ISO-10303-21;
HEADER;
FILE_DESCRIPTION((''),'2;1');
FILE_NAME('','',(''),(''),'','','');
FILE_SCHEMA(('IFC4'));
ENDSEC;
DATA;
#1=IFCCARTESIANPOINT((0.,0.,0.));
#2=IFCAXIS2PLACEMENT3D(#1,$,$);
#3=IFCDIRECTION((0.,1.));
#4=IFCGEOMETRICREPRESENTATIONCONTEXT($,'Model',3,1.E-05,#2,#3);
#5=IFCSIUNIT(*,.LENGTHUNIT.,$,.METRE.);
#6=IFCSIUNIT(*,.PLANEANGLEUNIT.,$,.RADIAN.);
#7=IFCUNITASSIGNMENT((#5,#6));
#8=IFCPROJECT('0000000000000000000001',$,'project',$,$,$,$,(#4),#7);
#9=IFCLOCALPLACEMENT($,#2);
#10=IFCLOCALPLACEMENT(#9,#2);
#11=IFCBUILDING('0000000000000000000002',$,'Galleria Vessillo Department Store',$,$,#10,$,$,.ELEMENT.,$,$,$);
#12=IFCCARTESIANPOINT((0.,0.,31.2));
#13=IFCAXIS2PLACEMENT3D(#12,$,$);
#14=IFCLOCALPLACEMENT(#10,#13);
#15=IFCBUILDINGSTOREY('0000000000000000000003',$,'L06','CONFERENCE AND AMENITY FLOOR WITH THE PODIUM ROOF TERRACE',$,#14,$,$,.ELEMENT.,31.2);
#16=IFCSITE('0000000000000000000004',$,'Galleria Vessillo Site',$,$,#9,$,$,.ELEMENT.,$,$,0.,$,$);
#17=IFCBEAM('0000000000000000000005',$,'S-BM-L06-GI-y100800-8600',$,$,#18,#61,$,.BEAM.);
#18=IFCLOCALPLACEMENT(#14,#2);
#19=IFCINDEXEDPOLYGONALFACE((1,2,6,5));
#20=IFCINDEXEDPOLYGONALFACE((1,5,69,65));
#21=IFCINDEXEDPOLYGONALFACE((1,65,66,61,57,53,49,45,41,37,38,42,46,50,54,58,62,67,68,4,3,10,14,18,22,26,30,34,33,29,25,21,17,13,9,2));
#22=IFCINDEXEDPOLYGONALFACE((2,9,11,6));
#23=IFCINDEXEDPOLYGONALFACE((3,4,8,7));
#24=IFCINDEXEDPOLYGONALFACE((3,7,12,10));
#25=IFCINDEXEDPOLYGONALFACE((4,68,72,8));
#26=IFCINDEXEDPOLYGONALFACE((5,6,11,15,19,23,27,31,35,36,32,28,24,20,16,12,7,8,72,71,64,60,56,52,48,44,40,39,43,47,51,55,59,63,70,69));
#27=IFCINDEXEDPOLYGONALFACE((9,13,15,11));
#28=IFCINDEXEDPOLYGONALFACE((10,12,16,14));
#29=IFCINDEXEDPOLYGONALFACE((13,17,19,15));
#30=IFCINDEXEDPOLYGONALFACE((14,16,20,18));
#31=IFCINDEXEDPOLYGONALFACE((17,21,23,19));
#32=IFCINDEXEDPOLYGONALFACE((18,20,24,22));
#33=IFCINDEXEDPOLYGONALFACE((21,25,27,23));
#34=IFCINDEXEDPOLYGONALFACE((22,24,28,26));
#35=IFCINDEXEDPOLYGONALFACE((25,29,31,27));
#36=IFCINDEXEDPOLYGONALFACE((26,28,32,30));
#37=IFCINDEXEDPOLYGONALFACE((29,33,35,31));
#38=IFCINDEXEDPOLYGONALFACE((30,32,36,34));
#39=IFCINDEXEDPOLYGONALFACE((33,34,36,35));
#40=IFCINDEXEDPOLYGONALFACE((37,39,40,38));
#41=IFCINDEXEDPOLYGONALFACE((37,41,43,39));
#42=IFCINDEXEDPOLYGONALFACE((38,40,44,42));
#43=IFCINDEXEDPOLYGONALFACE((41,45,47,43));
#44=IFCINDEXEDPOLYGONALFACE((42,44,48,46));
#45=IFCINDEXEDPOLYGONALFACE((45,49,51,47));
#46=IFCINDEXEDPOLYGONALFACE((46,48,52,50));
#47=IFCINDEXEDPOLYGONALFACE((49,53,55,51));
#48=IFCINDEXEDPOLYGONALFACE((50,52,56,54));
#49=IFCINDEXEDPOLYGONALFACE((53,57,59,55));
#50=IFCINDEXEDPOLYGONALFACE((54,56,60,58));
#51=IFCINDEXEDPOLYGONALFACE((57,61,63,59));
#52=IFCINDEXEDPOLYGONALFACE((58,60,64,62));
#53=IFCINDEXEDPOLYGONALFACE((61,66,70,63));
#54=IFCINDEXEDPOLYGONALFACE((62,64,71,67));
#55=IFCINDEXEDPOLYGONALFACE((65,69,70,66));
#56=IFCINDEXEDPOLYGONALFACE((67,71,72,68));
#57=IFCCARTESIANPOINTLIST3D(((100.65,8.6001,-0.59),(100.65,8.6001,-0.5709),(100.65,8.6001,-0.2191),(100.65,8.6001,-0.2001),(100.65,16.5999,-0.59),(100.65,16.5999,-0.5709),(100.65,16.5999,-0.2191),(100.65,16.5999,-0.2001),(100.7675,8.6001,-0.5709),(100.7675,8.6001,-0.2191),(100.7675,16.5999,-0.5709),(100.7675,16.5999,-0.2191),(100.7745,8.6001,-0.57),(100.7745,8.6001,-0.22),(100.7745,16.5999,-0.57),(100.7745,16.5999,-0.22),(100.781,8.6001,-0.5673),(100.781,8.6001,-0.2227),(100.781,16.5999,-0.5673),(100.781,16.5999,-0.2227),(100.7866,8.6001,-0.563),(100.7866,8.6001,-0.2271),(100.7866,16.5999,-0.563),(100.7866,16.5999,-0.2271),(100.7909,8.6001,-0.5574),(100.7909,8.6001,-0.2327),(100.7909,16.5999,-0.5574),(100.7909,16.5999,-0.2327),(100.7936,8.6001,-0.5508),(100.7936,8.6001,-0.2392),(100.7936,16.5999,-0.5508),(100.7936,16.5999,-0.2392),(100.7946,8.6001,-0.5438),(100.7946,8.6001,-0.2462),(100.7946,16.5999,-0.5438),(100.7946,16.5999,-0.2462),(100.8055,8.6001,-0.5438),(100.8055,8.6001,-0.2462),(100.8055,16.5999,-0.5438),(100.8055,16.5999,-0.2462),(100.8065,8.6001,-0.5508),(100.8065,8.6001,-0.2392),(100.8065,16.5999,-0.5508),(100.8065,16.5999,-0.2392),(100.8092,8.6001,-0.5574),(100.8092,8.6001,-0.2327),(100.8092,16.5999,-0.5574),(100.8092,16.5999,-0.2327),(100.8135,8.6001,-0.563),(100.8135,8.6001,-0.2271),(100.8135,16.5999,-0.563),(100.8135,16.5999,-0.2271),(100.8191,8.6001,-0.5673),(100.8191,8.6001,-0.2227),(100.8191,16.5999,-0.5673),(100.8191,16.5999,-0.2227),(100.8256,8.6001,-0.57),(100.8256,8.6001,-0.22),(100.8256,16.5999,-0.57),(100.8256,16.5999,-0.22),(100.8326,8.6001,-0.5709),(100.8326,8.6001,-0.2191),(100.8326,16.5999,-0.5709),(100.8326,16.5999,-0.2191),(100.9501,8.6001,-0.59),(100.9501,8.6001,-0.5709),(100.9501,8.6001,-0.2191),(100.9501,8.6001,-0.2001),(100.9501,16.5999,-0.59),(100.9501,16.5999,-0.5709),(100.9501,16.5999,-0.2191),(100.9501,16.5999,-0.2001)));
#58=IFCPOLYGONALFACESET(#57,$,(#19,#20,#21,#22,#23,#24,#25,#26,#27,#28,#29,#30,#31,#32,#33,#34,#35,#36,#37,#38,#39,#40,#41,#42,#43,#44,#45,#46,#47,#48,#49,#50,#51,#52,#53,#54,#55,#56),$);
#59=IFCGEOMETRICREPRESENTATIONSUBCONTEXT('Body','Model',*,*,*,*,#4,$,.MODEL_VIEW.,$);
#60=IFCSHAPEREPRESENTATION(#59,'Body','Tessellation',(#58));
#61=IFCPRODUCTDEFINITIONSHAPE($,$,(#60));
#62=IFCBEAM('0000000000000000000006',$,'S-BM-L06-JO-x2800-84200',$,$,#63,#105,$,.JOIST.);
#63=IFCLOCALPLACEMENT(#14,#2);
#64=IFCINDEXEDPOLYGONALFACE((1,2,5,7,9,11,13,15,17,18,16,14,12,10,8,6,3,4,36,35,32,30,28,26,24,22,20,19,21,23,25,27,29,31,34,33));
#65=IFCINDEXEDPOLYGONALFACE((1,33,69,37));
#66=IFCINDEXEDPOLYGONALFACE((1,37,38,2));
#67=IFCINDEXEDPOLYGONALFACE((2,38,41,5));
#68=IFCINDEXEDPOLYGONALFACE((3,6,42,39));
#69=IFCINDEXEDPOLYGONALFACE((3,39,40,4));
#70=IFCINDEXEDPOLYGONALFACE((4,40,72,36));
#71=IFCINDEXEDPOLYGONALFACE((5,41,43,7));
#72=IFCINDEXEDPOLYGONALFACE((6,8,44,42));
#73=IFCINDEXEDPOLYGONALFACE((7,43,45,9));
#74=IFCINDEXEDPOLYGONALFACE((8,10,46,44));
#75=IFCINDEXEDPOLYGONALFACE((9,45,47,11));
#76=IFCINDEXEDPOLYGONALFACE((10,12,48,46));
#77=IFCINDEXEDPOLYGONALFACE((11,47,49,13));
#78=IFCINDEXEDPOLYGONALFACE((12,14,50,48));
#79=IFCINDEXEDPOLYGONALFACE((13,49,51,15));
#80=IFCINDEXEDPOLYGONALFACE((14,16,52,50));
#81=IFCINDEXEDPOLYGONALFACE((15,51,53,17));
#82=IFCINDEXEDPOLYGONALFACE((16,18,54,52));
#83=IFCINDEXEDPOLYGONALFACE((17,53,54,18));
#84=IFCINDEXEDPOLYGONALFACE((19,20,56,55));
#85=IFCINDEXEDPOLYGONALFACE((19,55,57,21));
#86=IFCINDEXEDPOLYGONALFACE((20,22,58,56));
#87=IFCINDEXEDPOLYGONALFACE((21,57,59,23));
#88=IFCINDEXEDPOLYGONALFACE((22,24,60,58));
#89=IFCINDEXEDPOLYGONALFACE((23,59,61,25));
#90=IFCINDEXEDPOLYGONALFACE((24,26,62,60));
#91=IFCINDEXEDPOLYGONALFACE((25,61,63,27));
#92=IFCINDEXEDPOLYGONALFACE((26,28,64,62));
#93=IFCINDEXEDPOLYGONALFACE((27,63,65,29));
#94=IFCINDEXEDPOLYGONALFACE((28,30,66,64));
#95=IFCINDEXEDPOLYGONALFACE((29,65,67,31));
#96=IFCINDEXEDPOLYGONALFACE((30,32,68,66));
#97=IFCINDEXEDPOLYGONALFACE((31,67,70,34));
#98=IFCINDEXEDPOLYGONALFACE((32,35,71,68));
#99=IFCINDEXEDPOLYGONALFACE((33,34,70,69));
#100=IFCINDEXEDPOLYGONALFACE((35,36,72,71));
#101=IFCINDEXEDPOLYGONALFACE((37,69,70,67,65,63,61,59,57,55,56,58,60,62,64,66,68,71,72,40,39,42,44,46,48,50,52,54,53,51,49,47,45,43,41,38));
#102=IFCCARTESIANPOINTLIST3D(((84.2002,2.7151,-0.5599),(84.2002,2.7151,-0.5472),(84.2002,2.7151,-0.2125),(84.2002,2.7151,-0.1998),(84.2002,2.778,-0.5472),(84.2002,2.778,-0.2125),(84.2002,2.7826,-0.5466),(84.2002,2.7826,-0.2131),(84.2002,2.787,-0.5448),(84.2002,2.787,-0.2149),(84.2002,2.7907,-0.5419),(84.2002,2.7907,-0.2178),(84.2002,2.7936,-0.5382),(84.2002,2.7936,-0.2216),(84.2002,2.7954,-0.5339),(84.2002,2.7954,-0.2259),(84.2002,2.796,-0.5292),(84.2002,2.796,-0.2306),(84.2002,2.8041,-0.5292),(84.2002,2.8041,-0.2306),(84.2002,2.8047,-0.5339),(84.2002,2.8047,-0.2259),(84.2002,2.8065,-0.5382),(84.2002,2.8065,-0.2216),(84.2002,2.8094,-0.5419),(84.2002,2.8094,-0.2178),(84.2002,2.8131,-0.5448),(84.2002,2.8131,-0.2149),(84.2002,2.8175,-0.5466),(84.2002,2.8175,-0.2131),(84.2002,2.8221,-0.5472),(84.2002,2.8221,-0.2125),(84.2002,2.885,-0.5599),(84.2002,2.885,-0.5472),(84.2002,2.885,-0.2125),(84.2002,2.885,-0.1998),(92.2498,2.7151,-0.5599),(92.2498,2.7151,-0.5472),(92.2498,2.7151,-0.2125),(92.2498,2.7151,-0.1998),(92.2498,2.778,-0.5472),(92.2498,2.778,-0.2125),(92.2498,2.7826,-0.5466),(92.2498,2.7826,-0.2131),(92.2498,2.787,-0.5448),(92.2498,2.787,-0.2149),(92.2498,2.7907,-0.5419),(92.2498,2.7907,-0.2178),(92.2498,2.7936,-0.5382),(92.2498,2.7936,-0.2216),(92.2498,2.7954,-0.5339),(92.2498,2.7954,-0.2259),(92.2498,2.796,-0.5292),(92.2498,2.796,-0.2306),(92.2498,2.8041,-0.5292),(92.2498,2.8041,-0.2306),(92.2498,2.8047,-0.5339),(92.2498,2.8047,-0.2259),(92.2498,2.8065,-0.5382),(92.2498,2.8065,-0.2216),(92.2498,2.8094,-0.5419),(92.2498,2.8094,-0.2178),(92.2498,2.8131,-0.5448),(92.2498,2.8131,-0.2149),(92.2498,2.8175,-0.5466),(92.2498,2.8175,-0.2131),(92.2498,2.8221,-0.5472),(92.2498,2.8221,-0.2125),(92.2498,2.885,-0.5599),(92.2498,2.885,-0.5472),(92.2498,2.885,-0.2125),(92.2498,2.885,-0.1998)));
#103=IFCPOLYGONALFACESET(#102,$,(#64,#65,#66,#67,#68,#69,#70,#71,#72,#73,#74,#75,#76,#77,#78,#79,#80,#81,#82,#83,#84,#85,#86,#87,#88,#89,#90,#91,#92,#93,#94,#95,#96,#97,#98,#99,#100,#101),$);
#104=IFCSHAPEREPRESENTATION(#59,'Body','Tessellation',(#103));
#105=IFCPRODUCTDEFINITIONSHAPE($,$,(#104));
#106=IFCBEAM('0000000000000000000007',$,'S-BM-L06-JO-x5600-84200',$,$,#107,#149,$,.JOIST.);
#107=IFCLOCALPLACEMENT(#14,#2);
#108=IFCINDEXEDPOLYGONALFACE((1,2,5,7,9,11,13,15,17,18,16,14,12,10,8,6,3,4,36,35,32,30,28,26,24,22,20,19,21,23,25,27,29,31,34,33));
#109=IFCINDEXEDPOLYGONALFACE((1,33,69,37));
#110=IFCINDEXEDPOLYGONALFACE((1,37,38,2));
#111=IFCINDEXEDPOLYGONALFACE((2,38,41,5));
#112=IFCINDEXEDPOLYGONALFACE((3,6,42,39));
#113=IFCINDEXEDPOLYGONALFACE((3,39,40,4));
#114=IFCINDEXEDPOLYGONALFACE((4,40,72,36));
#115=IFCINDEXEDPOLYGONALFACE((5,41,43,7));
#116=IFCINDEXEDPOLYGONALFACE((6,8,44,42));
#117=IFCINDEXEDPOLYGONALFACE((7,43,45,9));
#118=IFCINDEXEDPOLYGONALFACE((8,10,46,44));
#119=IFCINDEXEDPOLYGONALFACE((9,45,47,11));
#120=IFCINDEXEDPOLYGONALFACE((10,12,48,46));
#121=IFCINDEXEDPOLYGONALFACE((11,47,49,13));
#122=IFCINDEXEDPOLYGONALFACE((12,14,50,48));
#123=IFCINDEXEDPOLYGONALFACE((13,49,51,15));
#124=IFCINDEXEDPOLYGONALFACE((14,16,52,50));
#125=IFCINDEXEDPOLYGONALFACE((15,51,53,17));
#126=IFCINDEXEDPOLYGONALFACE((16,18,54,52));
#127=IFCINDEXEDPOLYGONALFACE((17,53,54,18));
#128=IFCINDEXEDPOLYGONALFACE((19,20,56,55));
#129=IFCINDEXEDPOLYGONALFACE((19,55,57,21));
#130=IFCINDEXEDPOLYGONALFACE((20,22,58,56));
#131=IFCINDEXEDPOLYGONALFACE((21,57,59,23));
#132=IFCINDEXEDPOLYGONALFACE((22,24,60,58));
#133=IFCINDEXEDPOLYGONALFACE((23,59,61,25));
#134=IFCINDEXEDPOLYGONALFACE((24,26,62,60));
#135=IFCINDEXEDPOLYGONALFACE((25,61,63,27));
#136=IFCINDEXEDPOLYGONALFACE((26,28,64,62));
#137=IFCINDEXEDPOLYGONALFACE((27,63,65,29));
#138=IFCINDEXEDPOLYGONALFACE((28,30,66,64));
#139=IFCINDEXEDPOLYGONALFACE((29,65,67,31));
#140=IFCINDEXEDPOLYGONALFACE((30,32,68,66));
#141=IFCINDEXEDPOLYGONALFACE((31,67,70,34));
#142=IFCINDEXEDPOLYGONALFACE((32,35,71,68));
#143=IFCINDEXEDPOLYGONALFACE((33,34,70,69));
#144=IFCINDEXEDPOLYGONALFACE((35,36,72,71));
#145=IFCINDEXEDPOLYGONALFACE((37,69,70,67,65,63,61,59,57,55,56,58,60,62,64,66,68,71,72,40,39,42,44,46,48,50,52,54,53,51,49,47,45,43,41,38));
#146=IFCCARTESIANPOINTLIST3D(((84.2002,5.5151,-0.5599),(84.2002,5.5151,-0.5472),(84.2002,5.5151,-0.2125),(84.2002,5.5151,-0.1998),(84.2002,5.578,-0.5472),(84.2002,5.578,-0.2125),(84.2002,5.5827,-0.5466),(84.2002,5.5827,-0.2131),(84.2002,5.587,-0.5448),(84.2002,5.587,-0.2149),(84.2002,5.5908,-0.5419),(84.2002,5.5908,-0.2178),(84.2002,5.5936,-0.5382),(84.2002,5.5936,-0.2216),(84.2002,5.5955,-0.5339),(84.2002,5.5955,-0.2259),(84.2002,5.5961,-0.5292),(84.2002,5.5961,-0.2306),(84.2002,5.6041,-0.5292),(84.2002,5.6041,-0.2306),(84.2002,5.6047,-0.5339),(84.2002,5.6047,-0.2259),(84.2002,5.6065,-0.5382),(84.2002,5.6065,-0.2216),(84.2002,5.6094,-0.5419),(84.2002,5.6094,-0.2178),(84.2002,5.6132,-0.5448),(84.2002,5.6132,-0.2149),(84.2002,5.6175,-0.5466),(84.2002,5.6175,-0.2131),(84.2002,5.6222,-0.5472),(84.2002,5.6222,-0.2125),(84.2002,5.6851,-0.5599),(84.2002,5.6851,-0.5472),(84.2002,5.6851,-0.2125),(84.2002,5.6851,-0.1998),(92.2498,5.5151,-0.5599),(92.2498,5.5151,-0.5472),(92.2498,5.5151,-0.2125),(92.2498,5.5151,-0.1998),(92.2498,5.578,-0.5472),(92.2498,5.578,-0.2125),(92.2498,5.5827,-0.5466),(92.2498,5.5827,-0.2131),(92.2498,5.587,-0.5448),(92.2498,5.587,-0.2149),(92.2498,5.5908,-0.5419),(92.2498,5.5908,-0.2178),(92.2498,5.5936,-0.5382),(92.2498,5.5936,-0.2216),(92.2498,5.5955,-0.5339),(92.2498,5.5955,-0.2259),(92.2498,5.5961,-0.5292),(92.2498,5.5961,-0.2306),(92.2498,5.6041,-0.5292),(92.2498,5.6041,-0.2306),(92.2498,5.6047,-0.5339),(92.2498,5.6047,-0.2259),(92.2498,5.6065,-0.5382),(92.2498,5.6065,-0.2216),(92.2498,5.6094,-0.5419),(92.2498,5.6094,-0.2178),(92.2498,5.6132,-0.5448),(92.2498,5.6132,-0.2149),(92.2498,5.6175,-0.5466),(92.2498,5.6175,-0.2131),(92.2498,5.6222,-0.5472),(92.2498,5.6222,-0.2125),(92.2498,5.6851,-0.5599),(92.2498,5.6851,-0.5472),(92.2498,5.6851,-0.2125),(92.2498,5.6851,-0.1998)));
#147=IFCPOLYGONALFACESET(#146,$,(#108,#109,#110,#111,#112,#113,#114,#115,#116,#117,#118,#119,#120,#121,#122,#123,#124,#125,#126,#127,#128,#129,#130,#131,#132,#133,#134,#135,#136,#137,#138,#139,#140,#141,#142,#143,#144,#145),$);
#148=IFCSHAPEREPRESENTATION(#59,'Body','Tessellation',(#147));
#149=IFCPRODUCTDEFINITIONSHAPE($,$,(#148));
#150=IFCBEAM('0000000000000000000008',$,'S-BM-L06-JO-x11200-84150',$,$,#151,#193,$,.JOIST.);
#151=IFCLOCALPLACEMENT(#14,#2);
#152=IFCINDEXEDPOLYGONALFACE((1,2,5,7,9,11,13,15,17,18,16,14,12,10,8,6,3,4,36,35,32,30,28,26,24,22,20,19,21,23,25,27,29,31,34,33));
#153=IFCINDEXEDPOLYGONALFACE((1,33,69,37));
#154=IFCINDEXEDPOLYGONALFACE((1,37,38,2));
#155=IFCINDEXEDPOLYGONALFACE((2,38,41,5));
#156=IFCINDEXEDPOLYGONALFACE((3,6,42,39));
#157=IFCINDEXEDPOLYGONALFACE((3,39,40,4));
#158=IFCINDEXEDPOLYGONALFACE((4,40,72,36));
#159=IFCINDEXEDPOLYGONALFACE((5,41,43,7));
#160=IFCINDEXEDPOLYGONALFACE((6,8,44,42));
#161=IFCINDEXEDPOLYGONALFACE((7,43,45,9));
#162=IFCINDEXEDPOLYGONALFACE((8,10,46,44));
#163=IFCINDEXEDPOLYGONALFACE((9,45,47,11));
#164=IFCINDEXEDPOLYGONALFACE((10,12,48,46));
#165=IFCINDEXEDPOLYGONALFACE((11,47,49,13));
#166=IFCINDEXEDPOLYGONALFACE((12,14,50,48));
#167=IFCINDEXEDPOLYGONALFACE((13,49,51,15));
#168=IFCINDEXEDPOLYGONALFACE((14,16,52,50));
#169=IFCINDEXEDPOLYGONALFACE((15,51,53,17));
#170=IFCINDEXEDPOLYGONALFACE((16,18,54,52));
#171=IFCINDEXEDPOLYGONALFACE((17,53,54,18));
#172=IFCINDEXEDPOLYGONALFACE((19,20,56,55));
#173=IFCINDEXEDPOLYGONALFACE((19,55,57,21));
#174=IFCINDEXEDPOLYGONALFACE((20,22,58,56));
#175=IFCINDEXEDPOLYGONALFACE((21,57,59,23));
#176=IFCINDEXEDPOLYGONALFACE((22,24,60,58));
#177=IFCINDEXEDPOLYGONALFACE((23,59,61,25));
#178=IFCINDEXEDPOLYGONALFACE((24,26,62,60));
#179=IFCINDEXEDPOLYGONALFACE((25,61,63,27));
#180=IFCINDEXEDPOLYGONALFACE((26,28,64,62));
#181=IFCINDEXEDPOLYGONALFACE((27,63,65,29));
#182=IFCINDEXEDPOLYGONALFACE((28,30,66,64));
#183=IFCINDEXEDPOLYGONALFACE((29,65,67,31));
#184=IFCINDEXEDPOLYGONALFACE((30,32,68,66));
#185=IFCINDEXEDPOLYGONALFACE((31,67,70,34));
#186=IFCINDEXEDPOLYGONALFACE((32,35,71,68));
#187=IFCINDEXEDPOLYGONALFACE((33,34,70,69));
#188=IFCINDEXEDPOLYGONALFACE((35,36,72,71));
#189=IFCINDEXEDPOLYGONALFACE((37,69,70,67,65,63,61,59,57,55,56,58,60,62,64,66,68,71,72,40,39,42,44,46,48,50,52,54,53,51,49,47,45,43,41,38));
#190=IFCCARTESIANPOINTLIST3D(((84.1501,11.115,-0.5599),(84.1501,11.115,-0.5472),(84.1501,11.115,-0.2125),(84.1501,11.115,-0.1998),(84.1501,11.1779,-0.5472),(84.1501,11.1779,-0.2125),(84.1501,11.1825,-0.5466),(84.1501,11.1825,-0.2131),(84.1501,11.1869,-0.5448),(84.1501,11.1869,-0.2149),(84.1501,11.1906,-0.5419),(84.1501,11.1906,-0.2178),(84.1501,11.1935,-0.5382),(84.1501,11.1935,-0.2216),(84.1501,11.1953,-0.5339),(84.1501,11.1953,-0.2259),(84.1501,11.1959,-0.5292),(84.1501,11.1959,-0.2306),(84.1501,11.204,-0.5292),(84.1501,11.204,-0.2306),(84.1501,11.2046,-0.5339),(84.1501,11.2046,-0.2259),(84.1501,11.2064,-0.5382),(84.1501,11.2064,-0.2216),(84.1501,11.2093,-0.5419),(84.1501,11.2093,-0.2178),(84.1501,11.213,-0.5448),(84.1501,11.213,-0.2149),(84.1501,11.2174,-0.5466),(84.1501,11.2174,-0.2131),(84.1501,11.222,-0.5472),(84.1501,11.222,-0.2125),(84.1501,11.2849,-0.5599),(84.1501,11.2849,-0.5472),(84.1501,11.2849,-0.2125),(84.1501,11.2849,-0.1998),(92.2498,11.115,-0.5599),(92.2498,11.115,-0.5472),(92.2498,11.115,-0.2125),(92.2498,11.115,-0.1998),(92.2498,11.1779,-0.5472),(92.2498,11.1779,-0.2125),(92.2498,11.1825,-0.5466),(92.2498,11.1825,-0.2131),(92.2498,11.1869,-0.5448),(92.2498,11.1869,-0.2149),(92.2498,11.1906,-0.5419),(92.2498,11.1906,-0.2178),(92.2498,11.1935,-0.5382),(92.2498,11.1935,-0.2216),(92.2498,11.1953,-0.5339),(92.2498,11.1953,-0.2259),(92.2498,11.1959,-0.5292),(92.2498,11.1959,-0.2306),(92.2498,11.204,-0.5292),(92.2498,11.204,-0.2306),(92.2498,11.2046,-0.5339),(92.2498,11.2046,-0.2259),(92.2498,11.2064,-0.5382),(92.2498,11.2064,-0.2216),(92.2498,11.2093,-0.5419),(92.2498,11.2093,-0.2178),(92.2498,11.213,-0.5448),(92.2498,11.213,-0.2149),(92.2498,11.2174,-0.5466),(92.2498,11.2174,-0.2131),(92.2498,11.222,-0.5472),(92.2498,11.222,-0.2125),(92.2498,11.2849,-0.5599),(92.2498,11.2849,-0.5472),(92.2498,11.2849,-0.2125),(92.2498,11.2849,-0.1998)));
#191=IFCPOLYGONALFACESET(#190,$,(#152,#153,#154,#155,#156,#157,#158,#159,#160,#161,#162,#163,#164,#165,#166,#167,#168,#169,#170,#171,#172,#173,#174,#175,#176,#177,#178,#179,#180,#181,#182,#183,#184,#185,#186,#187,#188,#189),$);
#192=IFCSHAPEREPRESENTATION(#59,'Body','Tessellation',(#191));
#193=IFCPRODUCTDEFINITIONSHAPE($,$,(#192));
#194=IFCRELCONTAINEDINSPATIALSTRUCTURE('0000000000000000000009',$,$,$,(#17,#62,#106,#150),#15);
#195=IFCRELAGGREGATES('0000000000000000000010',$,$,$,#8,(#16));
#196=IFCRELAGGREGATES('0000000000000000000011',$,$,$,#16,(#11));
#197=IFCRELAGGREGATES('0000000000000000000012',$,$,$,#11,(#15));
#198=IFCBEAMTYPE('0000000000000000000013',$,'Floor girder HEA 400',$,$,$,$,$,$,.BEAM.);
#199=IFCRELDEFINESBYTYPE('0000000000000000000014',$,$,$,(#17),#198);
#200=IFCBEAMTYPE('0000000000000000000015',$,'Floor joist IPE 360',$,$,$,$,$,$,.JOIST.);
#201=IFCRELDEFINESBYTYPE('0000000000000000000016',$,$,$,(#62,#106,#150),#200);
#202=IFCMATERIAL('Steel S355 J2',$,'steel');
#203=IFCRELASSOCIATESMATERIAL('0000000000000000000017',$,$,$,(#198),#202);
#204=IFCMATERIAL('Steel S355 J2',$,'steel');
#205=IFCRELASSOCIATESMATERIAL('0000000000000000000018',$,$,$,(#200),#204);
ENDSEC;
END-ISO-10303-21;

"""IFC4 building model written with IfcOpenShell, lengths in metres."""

from ifc_helpers import new_model, si_unit, direction, frame, origin, origin_2d, place, context, subcontext, project, spatial, i_section, extrude, material, material_profile, profile_set, type_object, element, save


model = new_model("IFC4")

# Units and contexts
model_context = context("Model", 3, precision=1e-05, world=origin(), true_north=direction((0.0, 1.0)))
body_context = subcontext(model_context, "Body", "Model", "MODEL_VIEW")
ifc_project = project(units=[si_unit("LENGTHUNIT", "METRE"), si_unit("PLANEANGLEUNIT", "RADIAN")], contexts=[model_context])

# Site, building, storey
site_placement = place(None, origin())
site = spatial("IfcSite", under=ifc_project, at=site_placement, Name="Galleria Vessillo Site", CompositionType="ELEMENT", RefElevation=0.0)
building_placement = place(site_placement, origin())
building = spatial("IfcBuilding", under=site, at=building_placement, Name="Galleria Vessillo Department Store", CompositionType="ELEMENT")
storey_placement = place(building_placement, frame((0.0, 0.0, 31.2)))
storey = spatial("IfcBuildingStorey", under=building, at=storey_placement, Name="L06", Description="CONFERENCE AND AMENITY FLOOR WITH THE PODIUM ROOF TERRACE", CompositionType="ELEMENT", Elevation=31.2)

# Beams
ifc_material_1 = material(Name="Steel S355 J2", Category="steel")
ifc_material_profile_1 = material_profile(ifc_material_1, i_section(OverallWidth=0.3, OverallDepth=0.3899, WebThickness=0.011, FlangeThickness=0.019, FilletRadius=0.0271, at=origin_2d()), Name="HEA 400")
ifc_profile_set_1 = profile_set([ifc_material_profile_1], Name="Steel S355 J2")
beam_type_1 = type_object("IfcBeamType", Name="Floor girder HEA 400", PredefinedType="BEAM", material=ifc_profile_set_1)
for number, where, z_axis, x_axis, name in (
    (1, (100.8, 8.6001, -0.395), (0.0, 1.0, 0.0), (-1.0, 0.0, 0.0), "S-BM-L06-GI-y100800-8600"),
):
    element("IfcBeam", number, at=place(storey_placement, frame(where, z_axis=z_axis, x_axis=x_axis)), inside=storey, type_object=beam_type_1, Name=name, PredefinedType="BEAM", context=body_context, shape_type="SweptSolid", body=[
        extrude(i_section(OverallWidth=0.3, OverallDepth=0.3899, WebThickness=0.011, FlangeThickness=0.019, FilletRadius=0.0271, at=origin_2d()), origin(), (0.0, 0.0, 1.0), 7.9998),
    ])
ifc_material_2 = material(Name="Steel S355 J2", Category="steel")
ifc_material_profile_2 = material_profile(ifc_material_2, i_section(OverallWidth=0.1699, OverallDepth=0.3601, WebThickness=0.0081, FlangeThickness=0.0127, FilletRadius=0.0181, at=origin_2d()), Name="IPE 360")
ifc_profile_set_2 = profile_set([ifc_material_profile_2], Name="Steel S355 J2")
beam_type_2 = type_object("IfcBeamType", Name="Floor joist IPE 360", PredefinedType="JOIST", material=ifc_profile_set_2)
for number, where, z_axis, x_axis, name in (
    (2, (84.2002, 2.8, -0.3799), (1.0, 0.0, 0.0), (0.0, 1.0, 0.0), "S-BM-L06-JO-x2800-84200"),
    (3, (84.2002, 5.6001, -0.3799), (1.0, 0.0, 0.0), (0.0, 1.0, 0.0), "S-BM-L06-JO-x5600-84200"),
):
    element("IfcBeam", number, at=place(storey_placement, frame(where, z_axis=z_axis, x_axis=x_axis)), inside=storey, type_object=beam_type_2, Name=name, PredefinedType="JOIST", context=body_context, shape_type="SweptSolid", body=[
        extrude(i_section(OverallWidth=0.1699, OverallDepth=0.3601, WebThickness=0.0081, FlangeThickness=0.0127, FilletRadius=0.0181, at=origin_2d()), origin(), (0.0, 0.0, 1.0), 8.0496),
    ])
for number, where, z_axis, x_axis, name in (
    (4, (84.1501, 11.2, -0.3799), (1.0, 0.0, 0.0), (0.0, 1.0, 0.0), "S-BM-L06-JO-x11200-84150"),
):
    element("IfcBeam", number, at=place(storey_placement, frame(where, z_axis=z_axis, x_axis=x_axis)), inside=storey, type_object=beam_type_2, Name=name, PredefinedType="JOIST", context=body_context, shape_type="SweptSolid", body=[
        extrude(i_section(OverallWidth=0.1699, OverallDepth=0.3601, WebThickness=0.0081, FlangeThickness=0.0127, FilletRadius=0.0181, at=origin_2d()), origin(), (0.0, 0.0, 1.0), 8.0996),
    ])

save(model, "model.ifc")
